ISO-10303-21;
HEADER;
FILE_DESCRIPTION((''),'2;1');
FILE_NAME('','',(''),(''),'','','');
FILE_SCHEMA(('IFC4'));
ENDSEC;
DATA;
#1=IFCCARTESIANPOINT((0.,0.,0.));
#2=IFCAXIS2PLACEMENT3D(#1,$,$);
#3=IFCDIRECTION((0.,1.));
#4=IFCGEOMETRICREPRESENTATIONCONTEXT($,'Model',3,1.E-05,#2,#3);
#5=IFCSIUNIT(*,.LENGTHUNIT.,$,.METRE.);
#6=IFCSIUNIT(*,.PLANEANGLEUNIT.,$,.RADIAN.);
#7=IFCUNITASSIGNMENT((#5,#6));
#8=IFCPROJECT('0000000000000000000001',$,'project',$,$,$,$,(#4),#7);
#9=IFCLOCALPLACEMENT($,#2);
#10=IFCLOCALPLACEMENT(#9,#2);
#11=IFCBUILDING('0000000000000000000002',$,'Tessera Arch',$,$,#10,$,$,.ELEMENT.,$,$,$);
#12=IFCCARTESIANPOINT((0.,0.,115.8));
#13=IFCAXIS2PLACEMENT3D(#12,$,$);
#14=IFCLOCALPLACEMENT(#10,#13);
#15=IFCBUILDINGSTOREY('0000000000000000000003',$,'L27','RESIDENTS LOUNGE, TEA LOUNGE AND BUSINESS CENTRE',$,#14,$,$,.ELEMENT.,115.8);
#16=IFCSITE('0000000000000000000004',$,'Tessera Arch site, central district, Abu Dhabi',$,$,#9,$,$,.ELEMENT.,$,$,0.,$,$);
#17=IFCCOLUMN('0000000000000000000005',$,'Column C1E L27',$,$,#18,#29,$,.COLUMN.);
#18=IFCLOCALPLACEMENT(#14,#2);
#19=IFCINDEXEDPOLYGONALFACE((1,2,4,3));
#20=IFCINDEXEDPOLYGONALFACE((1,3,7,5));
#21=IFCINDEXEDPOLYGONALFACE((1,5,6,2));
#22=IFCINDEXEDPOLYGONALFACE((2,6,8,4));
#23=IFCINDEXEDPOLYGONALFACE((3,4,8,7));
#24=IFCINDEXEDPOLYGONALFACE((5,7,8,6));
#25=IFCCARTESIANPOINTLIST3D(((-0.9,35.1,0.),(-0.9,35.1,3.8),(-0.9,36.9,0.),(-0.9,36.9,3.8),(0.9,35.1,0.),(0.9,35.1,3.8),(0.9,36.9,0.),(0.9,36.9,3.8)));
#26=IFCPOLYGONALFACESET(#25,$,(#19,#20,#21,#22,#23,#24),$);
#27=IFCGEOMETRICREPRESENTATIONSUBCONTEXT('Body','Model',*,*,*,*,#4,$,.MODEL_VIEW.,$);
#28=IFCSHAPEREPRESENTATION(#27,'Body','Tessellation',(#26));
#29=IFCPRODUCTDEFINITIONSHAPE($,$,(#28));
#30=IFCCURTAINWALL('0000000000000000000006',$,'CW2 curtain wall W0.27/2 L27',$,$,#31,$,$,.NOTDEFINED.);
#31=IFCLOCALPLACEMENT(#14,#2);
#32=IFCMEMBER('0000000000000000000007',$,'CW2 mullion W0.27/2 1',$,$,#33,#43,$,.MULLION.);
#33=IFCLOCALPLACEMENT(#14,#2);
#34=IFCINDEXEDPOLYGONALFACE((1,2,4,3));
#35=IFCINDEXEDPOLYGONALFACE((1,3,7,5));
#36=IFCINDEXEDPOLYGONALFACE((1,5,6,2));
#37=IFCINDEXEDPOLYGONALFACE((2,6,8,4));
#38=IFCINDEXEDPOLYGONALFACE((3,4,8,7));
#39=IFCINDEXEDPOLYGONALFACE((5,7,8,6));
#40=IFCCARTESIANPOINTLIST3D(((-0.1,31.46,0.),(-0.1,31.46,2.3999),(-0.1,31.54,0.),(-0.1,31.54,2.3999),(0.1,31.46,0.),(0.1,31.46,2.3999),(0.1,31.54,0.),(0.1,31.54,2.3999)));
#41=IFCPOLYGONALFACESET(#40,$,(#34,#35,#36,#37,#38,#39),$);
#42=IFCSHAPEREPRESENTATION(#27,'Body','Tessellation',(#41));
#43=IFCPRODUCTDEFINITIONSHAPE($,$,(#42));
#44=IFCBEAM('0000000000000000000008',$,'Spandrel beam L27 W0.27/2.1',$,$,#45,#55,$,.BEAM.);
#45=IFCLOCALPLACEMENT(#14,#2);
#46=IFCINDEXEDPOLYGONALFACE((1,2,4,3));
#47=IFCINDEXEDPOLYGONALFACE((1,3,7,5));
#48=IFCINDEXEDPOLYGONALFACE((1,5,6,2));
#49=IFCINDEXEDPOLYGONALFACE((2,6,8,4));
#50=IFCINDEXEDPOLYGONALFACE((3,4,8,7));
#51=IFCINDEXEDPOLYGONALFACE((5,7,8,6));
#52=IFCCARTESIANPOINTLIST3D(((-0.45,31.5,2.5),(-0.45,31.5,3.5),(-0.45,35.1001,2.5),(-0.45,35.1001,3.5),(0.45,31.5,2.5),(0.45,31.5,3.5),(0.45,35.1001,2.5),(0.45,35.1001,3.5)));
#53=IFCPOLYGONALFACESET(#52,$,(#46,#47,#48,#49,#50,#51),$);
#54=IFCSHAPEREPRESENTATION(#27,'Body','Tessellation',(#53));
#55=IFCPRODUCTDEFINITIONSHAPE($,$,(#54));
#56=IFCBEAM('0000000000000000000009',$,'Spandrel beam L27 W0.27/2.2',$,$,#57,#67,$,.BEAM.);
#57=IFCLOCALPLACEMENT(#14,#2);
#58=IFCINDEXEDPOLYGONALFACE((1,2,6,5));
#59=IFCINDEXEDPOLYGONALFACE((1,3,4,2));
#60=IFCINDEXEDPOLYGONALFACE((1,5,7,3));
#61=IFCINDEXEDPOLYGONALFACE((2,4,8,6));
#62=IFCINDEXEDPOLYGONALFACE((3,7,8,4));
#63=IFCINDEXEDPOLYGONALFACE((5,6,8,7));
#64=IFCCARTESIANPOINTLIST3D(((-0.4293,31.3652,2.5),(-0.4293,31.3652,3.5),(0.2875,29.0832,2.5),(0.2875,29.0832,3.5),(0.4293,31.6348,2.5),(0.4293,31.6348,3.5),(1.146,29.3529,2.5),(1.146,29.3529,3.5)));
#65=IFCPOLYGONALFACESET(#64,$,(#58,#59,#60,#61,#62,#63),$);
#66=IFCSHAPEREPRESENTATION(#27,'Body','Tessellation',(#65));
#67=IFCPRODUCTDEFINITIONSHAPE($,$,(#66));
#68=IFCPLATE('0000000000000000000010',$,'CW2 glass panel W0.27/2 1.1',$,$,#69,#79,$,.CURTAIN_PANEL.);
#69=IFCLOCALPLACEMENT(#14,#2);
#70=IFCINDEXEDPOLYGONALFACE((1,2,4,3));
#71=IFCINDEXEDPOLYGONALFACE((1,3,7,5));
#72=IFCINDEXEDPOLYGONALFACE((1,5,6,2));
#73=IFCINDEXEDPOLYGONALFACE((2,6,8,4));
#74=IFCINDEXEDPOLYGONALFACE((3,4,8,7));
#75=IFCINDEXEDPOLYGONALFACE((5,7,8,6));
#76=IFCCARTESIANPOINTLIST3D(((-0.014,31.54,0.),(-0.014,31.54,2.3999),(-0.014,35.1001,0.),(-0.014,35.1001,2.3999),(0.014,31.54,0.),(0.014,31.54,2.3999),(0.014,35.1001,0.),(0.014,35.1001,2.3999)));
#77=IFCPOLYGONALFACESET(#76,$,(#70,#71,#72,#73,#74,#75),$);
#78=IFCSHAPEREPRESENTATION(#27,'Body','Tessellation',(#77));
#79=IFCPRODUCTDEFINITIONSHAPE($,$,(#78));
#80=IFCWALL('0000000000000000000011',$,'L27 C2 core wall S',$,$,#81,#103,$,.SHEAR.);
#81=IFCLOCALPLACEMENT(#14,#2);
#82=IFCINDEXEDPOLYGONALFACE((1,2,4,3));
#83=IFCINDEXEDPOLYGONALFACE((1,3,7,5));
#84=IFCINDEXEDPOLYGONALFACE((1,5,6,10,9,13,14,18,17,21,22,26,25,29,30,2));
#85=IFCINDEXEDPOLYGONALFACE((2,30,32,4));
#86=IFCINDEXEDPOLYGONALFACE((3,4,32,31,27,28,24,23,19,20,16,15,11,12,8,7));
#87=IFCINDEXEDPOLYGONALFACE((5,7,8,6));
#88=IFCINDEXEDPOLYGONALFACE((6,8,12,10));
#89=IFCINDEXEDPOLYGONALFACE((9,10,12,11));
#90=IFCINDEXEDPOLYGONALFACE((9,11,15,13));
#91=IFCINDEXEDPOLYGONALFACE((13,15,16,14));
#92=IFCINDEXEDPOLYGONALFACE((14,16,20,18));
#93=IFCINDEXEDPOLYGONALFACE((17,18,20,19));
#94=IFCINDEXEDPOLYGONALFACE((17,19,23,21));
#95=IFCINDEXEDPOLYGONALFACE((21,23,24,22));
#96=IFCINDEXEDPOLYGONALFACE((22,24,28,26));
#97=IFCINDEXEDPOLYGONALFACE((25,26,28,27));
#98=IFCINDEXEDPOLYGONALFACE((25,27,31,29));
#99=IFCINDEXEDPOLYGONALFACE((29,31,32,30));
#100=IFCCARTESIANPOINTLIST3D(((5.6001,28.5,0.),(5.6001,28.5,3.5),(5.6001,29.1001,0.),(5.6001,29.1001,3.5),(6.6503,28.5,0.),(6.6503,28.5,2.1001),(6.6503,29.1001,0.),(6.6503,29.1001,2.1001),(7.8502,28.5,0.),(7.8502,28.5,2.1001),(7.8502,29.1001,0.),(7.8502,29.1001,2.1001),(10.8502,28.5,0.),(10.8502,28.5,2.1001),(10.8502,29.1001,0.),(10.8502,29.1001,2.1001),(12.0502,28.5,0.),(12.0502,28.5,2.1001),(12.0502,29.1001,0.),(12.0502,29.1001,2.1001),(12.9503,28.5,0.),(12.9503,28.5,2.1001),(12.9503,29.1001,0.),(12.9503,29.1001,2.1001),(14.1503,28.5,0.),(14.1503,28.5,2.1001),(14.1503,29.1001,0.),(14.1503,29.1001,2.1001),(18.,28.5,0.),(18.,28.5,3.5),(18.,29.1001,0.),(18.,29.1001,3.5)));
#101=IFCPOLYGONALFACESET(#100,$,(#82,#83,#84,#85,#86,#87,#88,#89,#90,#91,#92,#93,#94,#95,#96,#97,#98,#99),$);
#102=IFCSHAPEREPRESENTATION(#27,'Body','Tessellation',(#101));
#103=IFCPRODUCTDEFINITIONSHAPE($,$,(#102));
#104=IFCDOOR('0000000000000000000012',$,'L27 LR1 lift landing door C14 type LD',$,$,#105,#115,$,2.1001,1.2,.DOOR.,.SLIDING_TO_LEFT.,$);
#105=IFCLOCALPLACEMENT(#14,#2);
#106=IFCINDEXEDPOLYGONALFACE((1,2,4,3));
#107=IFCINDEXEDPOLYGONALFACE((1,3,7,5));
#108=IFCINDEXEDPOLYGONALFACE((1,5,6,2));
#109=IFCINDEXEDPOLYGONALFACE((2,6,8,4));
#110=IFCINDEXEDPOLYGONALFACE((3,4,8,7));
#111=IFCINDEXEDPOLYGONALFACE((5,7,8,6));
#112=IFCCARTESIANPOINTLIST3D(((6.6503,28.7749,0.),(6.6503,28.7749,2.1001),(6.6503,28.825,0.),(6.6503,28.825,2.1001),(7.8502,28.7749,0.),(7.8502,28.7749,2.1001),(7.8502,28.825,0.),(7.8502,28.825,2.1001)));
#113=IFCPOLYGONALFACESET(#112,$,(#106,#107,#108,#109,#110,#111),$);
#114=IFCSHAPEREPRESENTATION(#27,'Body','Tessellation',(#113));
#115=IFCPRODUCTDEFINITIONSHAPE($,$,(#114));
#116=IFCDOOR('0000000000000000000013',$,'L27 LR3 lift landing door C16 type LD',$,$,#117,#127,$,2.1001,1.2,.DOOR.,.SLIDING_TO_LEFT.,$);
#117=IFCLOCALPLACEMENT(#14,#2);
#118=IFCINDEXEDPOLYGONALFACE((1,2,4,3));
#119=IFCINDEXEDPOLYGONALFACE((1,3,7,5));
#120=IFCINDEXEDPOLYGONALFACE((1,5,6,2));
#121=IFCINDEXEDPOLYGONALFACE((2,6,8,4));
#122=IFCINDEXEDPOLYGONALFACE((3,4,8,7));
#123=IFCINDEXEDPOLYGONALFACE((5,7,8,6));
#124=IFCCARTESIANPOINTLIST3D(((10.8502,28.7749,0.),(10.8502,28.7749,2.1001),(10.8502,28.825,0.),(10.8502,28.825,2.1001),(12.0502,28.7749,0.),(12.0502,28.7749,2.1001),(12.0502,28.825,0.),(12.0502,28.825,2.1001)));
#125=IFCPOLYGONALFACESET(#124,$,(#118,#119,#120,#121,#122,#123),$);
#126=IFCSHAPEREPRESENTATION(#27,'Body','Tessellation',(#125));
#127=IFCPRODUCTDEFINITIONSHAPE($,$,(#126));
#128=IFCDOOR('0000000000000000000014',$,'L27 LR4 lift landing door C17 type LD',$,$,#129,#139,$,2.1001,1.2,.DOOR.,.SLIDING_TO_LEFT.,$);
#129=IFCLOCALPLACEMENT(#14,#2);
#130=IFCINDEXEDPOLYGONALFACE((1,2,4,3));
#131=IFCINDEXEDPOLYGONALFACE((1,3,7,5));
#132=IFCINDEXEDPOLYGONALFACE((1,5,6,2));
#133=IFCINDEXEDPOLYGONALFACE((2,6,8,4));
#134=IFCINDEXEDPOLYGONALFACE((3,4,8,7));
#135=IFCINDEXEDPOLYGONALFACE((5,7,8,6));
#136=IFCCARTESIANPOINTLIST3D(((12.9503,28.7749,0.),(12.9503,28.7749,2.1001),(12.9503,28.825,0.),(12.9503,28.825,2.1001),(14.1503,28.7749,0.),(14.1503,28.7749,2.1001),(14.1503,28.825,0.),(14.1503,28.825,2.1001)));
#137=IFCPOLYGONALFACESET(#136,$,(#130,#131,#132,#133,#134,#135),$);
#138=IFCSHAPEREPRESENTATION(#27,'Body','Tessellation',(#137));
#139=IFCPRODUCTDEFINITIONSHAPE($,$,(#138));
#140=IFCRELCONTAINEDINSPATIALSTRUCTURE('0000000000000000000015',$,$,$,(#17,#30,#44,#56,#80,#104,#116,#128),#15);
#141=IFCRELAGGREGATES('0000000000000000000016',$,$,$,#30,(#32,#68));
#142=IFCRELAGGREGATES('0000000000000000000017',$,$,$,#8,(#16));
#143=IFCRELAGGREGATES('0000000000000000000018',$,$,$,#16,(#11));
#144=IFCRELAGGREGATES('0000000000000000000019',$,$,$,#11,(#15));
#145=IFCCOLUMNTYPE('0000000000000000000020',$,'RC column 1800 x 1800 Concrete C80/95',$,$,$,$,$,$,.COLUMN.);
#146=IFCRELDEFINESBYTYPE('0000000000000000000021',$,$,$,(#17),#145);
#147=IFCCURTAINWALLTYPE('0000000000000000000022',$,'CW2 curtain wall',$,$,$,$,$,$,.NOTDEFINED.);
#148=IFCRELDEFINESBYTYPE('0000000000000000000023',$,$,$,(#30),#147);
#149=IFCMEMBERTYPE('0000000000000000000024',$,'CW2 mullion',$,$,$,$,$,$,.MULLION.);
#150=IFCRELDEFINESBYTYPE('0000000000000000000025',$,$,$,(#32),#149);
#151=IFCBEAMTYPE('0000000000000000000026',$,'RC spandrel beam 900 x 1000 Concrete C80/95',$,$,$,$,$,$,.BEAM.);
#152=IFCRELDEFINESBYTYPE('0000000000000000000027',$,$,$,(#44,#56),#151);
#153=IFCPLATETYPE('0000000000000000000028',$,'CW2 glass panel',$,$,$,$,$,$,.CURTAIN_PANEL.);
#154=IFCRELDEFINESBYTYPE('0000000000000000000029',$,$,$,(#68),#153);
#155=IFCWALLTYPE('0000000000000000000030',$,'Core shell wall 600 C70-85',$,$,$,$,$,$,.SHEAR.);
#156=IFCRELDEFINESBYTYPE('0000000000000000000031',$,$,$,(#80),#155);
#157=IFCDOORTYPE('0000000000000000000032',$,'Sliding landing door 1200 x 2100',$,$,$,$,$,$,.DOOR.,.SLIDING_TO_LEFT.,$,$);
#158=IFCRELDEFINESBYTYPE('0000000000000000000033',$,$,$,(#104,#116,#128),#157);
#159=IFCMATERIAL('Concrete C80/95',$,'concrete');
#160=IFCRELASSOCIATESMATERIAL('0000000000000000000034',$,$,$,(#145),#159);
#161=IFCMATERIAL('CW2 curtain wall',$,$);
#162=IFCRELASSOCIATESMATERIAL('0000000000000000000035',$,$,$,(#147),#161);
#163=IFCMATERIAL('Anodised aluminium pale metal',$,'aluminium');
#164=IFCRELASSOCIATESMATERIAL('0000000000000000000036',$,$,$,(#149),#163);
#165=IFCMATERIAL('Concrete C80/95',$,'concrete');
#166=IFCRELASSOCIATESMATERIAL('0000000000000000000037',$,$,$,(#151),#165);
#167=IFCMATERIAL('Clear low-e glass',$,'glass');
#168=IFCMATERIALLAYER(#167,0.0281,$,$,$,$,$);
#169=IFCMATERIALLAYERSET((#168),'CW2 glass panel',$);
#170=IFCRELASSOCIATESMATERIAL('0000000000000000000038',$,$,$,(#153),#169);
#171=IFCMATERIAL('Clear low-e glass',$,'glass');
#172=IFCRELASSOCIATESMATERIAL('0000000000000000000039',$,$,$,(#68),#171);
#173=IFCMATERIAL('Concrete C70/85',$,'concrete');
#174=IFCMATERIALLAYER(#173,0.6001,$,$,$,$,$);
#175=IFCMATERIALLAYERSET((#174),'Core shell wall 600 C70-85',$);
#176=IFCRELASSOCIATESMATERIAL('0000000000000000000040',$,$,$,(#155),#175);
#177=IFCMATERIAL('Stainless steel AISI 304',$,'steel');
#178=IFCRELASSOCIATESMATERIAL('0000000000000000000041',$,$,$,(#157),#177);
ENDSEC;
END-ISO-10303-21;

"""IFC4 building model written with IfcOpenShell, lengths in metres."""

from ifc_helpers import new_model, si_unit, direction, frame, frame_2d, origin, origin_2d, place, context, subcontext, project, spatial, rectangle, extrude, material, layer, layer_set, material_profile, profile_set, type_object, element, fill, aggregate, save


model = new_model("IFC4")

# Units and contexts
model_context = context("Model", 3, precision=1e-05, world=origin(), true_north=direction((0.0, 1.0)))
body_context = subcontext(model_context, "Body", "Model", "MODEL_VIEW")
ifc_project = project(units=[si_unit("LENGTHUNIT", "METRE"), si_unit("PLANEANGLEUNIT", "RADIAN")], contexts=[model_context])

# Site, building, storey
site_placement = place(None, origin())
site = spatial("IfcSite", under=ifc_project, at=site_placement, Name="Tessera Arch site, central district, Abu Dhabi", CompositionType="ELEMENT", RefElevation=0.0)
building_placement = place(site_placement, origin())
building = spatial("IfcBuilding", under=site, at=building_placement, Name="Tessera Arch", CompositionType="ELEMENT")
storey_placement = place(building_placement, frame((0.0, 0.0, 115.8)))
storey = spatial("IfcBuildingStorey", under=building, at=storey_placement, Name="L27", Description="RESIDENTS LOUNGE, TEA LOUNGE AND BUSINESS CENTRE", CompositionType="ELEMENT", Elevation=115.8)

# Column
ifc_material_1 = material(Name="Concrete C80/95", Category="concrete")
ifc_material_profile_1 = material_profile(ifc_material_1, rectangle(XDim=1.8, YDim=1.8, at=origin_2d()), Name="RC column 1800 x 1800 Concrete C80/95")
ifc_profile_set_1 = profile_set([ifc_material_profile_1], Name="Concrete C80/95")
column_type = type_object("IfcColumnType", Name="RC column 1800 x 1800 Concrete C80/95", PredefinedType="COLUMN", material=ifc_profile_set_1)
column_placement = place(storey_placement, frame((0.0, 36.0, 0.0), z_axis=(0.0, 0.0, 1.0), x_axis=(1.0, 0.0, 0.0)))
element("IfcColumn", 1, at=column_placement, inside=storey, type_object=column_type, Name="Column C1E L27", PredefinedType="COLUMN", context=body_context, shape_type="SweptSolid", body=[
    extrude(rectangle(XDim=1.8, YDim=1.8, at=origin_2d()), origin(), (0.0, 0.0, 1.0), 3.8),
])

# Curtain wall, member
ifc_material_2 = material(Name="CW2 curtain wall")
curtain_wall_type = type_object("IfcCurtainWallType", Name="CW2 curtain wall", PredefinedType="NOTDEFINED", material=ifc_material_2)
curtain_wall_placement = place(storey_placement, origin())
curtain_wall = element("IfcCurtainWall", 2, at=curtain_wall_placement, inside=storey, type_object=curtain_wall_type, Name="CW2 curtain wall W0.27/2 L27", PredefinedType="NOTDEFINED")
ifc_material_3 = material(Name="Anodised aluminium pale metal", Category="aluminium")
ifc_material_profile_2 = material_profile(ifc_material_3, rectangle(XDim=0.2, YDim=0.0801, at=origin_2d()), Name="AL 80x200")
ifc_profile_set_2 = profile_set([ifc_material_profile_2], Name="Anodised aluminium pale metal")
member_type = type_object("IfcMemberType", Name="CW2 mullion", PredefinedType="MULLION", material=ifc_profile_set_2)
member_placement = place(storey_placement, frame((0.0, 31.5, 0.0), z_axis=(0.0, 0.0, 1.0), x_axis=(1.0, 0.0, 0.0)))
member = element("IfcMember", 3, at=member_placement, type_object=member_type, Name="CW2 mullion W0.27/2 1", PredefinedType="MULLION", context=body_context, shape_type="SweptSolid", body=[
    extrude(rectangle(XDim=0.2, YDim=0.0801, at=origin_2d()), origin(), (0.0, 0.0, 1.0), 2.3999),
])

# Beams
ifc_material_4 = material(Name="Concrete C80/95", Category="concrete")
ifc_material_profile_3 = material_profile(ifc_material_4, rectangle(XDim=0.8999, YDim=1.0, at=origin_2d()), Name="RC spandrel beam 900 x 1000 Concrete C80/95")
ifc_profile_set_3 = profile_set([ifc_material_profile_3], Name="Concrete C80/95")
beam_type = type_object("IfcBeamType", Name="RC spandrel beam 900 x 1000 Concrete C80/95", PredefinedType="BEAM", material=ifc_profile_set_3)
beam_1_placement = place(storey_placement, frame((0.0, 35.1001, 3.0), z_axis=(0.0, -1.0, 0.0), x_axis=(1.0, 0.0, 0.0)))
element("IfcBeam", 4, at=beam_1_placement, inside=storey, type_object=beam_type, Name="Spandrel beam L27 W0.27/2.1", PredefinedType="BEAM", context=body_context, shape_type="SweptSolid", body=[
    extrude(rectangle(XDim=0.8999, YDim=1.0, at=origin_2d()), origin(), (0.0, 0.0, 1.0), 3.6001),
])
beam_2_placement = place(storey_placement, frame((0.0, 31.5, 3.0), z_axis=(0.299675, -0.954041, 0.0), x_axis=(0.954041, 0.299675, 0.0)))
element("IfcBeam", 5, at=beam_2_placement, inside=storey, type_object=beam_type, Name="Spandrel beam L27 W0.27/2.2", PredefinedType="BEAM", context=body_context, shape_type="SweptSolid", body=[
    extrude(rectangle(XDim=0.8999, YDim=1.0, at=origin_2d()), origin(), (0.0, 0.0, 1.0), 2.3918),
])

# Plate
ifc_material_5 = material(Name="Clear low-e glass", Category="glass")
ifc_material_6 = material(Name="Clear low-e glass", Category="glass")
ifc_layer_1 = layer(ifc_material_6, 0.0281)
ifc_layer_set_1 = layer_set([ifc_layer_1], Name="CW2 glass panel")
plate_type = type_object("IfcPlateType", Name="CW2 glass panel", PredefinedType="CURTAIN_PANEL", material=ifc_layer_set_1)
plate_placement = place(storey_placement, frame((0.0, 33.3201, 0.0), z_axis=(0.0, 0.0, 1.0), x_axis=(0.0, -1.0, 0.0)))
plate = element("IfcPlate", 6, at=plate_placement, type_object=plate_type, material=ifc_material_5, Name="CW2 glass panel W0.27/2 1.1", PredefinedType="CURTAIN_PANEL", context=body_context, shape_type="SweptSolid", body=[
    extrude(rectangle(XDim=3.5601, YDim=0.0281, at=origin_2d()), origin(), (0.0, 0.0, 1.0), 2.3999),
])
aggregate(curtain_wall, [member, plate])

# Wall, openings, doors
ifc_material_7 = material(Name="Concrete C70/85", Category="concrete")
ifc_layer_2 = layer(ifc_material_7, 0.6001)
ifc_layer_set_2 = layer_set([ifc_layer_2], Name="Core shell wall 600 C70-85")
wall_type_1 = type_object("IfcWallType", Name="Core shell wall 600 C70-85", PredefinedType="SHEAR", material=ifc_layer_set_2)
wall_1_placement = place(storey_placement, frame((5.6001, 28.8, 0.0), z_axis=(0.0, 0.0, 1.0), x_axis=(1.0, 0.0, 0.0)))
wall_1 = element("IfcWall", 7, at=wall_1_placement, inside=storey, type_object=wall_type_1, Name="L27 C2 core wall S", PredefinedType="SHEAR", context=body_context, shape_type="SweptSolid", body=[
    extrude(rectangle(XDim=12.3999, YDim=0.6001, at=frame_2d((6.2, 0.0))), origin(), (0.0, 0.0, 1.0), 3.5),
])
opening_1_placement = place(wall_1_placement, frame((1.05, 0.0, 0.0)))
opening_1 = element("IfcOpeningElement", 8, at=opening_1_placement, cuts=wall_1, PredefinedType="OPENING", context=body_context, shape_type="SweptSolid", body=[
    extrude(rectangle(XDim=1.2, YDim=2.1001, at=frame_2d((0.6001, 1.05))), frame((0.0, 0.3101, 0.0), z_axis=(0.0, -1.0, 0.0), x_axis=(1.0, 0.0, 0.0)), (0.0, 0.0, 1.0), 0.6201),
])
opening_2_placement = place(wall_1_placement, frame((5.25, 0.0, 0.0)))
opening_2 = element("IfcOpeningElement", 9, at=opening_2_placement, cuts=wall_1, PredefinedType="OPENING", context=body_context, shape_type="SweptSolid", body=[
    extrude(rectangle(XDim=1.2, YDim=2.1001, at=frame_2d((0.6001, 1.05))), frame((0.0, 0.3101, 0.0), z_axis=(0.0, -1.0, 0.0), x_axis=(1.0, 0.0, 0.0)), (0.0, 0.0, 1.0), 0.6201),
])
opening_3_placement = place(wall_1_placement, frame((7.3501, 0.0, 0.0)))
opening_3 = element("IfcOpeningElement", 10, at=opening_3_placement, cuts=wall_1, PredefinedType="OPENING", context=body_context, shape_type="SweptSolid", body=[
    extrude(rectangle(XDim=1.2, YDim=2.1001, at=frame_2d((0.6001, 1.05))), frame((0.0, 0.3101, 0.0), z_axis=(0.0, -1.0, 0.0), x_axis=(1.0, 0.0, 0.0)), (0.0, 0.0, 1.0), 0.6201),
])
ifc_material_8 = material(Name="Stainless steel AISI 304", Category="steel")
door_type_1 = type_object("IfcDoorType", Name="Sliding landing door 1200 x 2100", OperationType="SLIDING_TO_LEFT", PredefinedType="DOOR", material=ifc_material_8)
door_1_placement = place(opening_1_placement, origin())
door_1 = element("IfcDoor", 11, at=door_1_placement, inside=storey, type_object=door_type_1, Name="L27 LR1 lift landing door C14 type LD", OperationType="SLIDING_TO_LEFT", OverallHeight=2.1001, OverallWidth=1.2, PredefinedType="DOOR", context=body_context, shape_type="SweptSolid", body=[
    extrude(rectangle(XDim=1.2, YDim=2.1001, at=frame_2d((0.6001, 1.05))), frame((0.0, 0.0249, 0.0), z_axis=(0.0, -1.0, 0.0), x_axis=(1.0, 0.0, 0.0)), (0.0, 0.0, 1.0), 0.05),
])
fill(opening_1, door_1)
door_2_placement = place(opening_2_placement, origin())
door_2 = element("IfcDoor", 12, at=door_2_placement, inside=storey, type_object=door_type_1, Name="L27 LR3 lift landing door C16 type LD", OperationType="SLIDING_TO_LEFT", OverallHeight=2.1001, OverallWidth=1.2, PredefinedType="DOOR", context=body_context, shape_type="SweptSolid", body=[
    extrude(rectangle(XDim=1.2, YDim=2.1001, at=frame_2d((0.6001, 1.05))), frame((0.0, 0.0249, 0.0), z_axis=(0.0, -1.0, 0.0), x_axis=(1.0, 0.0, 0.0)), (0.0, 0.0, 1.0), 0.05),
])
fill(opening_2, door_2)
door_3_placement = place(opening_3_placement, origin())
door_3 = element("IfcDoor", 13, at=door_3_placement, inside=storey, type_object=door_type_1, Name="L27 LR4 lift landing door C17 type LD", OperationType="SLIDING_TO_LEFT", OverallHeight=2.1001, OverallWidth=1.2, PredefinedType="DOOR", context=body_context, shape_type="SweptSolid", body=[
    extrude(rectangle(XDim=1.2, YDim=2.1001, at=frame_2d((0.6001, 1.05))), frame((0.0, 0.0249, 0.0), z_axis=(0.0, -1.0, 0.0), x_axis=(1.0, 0.0, 0.0)), (0.0, 0.0, 1.0), 0.05),
])
fill(opening_3, door_3)

save(model, "model.ifc")
